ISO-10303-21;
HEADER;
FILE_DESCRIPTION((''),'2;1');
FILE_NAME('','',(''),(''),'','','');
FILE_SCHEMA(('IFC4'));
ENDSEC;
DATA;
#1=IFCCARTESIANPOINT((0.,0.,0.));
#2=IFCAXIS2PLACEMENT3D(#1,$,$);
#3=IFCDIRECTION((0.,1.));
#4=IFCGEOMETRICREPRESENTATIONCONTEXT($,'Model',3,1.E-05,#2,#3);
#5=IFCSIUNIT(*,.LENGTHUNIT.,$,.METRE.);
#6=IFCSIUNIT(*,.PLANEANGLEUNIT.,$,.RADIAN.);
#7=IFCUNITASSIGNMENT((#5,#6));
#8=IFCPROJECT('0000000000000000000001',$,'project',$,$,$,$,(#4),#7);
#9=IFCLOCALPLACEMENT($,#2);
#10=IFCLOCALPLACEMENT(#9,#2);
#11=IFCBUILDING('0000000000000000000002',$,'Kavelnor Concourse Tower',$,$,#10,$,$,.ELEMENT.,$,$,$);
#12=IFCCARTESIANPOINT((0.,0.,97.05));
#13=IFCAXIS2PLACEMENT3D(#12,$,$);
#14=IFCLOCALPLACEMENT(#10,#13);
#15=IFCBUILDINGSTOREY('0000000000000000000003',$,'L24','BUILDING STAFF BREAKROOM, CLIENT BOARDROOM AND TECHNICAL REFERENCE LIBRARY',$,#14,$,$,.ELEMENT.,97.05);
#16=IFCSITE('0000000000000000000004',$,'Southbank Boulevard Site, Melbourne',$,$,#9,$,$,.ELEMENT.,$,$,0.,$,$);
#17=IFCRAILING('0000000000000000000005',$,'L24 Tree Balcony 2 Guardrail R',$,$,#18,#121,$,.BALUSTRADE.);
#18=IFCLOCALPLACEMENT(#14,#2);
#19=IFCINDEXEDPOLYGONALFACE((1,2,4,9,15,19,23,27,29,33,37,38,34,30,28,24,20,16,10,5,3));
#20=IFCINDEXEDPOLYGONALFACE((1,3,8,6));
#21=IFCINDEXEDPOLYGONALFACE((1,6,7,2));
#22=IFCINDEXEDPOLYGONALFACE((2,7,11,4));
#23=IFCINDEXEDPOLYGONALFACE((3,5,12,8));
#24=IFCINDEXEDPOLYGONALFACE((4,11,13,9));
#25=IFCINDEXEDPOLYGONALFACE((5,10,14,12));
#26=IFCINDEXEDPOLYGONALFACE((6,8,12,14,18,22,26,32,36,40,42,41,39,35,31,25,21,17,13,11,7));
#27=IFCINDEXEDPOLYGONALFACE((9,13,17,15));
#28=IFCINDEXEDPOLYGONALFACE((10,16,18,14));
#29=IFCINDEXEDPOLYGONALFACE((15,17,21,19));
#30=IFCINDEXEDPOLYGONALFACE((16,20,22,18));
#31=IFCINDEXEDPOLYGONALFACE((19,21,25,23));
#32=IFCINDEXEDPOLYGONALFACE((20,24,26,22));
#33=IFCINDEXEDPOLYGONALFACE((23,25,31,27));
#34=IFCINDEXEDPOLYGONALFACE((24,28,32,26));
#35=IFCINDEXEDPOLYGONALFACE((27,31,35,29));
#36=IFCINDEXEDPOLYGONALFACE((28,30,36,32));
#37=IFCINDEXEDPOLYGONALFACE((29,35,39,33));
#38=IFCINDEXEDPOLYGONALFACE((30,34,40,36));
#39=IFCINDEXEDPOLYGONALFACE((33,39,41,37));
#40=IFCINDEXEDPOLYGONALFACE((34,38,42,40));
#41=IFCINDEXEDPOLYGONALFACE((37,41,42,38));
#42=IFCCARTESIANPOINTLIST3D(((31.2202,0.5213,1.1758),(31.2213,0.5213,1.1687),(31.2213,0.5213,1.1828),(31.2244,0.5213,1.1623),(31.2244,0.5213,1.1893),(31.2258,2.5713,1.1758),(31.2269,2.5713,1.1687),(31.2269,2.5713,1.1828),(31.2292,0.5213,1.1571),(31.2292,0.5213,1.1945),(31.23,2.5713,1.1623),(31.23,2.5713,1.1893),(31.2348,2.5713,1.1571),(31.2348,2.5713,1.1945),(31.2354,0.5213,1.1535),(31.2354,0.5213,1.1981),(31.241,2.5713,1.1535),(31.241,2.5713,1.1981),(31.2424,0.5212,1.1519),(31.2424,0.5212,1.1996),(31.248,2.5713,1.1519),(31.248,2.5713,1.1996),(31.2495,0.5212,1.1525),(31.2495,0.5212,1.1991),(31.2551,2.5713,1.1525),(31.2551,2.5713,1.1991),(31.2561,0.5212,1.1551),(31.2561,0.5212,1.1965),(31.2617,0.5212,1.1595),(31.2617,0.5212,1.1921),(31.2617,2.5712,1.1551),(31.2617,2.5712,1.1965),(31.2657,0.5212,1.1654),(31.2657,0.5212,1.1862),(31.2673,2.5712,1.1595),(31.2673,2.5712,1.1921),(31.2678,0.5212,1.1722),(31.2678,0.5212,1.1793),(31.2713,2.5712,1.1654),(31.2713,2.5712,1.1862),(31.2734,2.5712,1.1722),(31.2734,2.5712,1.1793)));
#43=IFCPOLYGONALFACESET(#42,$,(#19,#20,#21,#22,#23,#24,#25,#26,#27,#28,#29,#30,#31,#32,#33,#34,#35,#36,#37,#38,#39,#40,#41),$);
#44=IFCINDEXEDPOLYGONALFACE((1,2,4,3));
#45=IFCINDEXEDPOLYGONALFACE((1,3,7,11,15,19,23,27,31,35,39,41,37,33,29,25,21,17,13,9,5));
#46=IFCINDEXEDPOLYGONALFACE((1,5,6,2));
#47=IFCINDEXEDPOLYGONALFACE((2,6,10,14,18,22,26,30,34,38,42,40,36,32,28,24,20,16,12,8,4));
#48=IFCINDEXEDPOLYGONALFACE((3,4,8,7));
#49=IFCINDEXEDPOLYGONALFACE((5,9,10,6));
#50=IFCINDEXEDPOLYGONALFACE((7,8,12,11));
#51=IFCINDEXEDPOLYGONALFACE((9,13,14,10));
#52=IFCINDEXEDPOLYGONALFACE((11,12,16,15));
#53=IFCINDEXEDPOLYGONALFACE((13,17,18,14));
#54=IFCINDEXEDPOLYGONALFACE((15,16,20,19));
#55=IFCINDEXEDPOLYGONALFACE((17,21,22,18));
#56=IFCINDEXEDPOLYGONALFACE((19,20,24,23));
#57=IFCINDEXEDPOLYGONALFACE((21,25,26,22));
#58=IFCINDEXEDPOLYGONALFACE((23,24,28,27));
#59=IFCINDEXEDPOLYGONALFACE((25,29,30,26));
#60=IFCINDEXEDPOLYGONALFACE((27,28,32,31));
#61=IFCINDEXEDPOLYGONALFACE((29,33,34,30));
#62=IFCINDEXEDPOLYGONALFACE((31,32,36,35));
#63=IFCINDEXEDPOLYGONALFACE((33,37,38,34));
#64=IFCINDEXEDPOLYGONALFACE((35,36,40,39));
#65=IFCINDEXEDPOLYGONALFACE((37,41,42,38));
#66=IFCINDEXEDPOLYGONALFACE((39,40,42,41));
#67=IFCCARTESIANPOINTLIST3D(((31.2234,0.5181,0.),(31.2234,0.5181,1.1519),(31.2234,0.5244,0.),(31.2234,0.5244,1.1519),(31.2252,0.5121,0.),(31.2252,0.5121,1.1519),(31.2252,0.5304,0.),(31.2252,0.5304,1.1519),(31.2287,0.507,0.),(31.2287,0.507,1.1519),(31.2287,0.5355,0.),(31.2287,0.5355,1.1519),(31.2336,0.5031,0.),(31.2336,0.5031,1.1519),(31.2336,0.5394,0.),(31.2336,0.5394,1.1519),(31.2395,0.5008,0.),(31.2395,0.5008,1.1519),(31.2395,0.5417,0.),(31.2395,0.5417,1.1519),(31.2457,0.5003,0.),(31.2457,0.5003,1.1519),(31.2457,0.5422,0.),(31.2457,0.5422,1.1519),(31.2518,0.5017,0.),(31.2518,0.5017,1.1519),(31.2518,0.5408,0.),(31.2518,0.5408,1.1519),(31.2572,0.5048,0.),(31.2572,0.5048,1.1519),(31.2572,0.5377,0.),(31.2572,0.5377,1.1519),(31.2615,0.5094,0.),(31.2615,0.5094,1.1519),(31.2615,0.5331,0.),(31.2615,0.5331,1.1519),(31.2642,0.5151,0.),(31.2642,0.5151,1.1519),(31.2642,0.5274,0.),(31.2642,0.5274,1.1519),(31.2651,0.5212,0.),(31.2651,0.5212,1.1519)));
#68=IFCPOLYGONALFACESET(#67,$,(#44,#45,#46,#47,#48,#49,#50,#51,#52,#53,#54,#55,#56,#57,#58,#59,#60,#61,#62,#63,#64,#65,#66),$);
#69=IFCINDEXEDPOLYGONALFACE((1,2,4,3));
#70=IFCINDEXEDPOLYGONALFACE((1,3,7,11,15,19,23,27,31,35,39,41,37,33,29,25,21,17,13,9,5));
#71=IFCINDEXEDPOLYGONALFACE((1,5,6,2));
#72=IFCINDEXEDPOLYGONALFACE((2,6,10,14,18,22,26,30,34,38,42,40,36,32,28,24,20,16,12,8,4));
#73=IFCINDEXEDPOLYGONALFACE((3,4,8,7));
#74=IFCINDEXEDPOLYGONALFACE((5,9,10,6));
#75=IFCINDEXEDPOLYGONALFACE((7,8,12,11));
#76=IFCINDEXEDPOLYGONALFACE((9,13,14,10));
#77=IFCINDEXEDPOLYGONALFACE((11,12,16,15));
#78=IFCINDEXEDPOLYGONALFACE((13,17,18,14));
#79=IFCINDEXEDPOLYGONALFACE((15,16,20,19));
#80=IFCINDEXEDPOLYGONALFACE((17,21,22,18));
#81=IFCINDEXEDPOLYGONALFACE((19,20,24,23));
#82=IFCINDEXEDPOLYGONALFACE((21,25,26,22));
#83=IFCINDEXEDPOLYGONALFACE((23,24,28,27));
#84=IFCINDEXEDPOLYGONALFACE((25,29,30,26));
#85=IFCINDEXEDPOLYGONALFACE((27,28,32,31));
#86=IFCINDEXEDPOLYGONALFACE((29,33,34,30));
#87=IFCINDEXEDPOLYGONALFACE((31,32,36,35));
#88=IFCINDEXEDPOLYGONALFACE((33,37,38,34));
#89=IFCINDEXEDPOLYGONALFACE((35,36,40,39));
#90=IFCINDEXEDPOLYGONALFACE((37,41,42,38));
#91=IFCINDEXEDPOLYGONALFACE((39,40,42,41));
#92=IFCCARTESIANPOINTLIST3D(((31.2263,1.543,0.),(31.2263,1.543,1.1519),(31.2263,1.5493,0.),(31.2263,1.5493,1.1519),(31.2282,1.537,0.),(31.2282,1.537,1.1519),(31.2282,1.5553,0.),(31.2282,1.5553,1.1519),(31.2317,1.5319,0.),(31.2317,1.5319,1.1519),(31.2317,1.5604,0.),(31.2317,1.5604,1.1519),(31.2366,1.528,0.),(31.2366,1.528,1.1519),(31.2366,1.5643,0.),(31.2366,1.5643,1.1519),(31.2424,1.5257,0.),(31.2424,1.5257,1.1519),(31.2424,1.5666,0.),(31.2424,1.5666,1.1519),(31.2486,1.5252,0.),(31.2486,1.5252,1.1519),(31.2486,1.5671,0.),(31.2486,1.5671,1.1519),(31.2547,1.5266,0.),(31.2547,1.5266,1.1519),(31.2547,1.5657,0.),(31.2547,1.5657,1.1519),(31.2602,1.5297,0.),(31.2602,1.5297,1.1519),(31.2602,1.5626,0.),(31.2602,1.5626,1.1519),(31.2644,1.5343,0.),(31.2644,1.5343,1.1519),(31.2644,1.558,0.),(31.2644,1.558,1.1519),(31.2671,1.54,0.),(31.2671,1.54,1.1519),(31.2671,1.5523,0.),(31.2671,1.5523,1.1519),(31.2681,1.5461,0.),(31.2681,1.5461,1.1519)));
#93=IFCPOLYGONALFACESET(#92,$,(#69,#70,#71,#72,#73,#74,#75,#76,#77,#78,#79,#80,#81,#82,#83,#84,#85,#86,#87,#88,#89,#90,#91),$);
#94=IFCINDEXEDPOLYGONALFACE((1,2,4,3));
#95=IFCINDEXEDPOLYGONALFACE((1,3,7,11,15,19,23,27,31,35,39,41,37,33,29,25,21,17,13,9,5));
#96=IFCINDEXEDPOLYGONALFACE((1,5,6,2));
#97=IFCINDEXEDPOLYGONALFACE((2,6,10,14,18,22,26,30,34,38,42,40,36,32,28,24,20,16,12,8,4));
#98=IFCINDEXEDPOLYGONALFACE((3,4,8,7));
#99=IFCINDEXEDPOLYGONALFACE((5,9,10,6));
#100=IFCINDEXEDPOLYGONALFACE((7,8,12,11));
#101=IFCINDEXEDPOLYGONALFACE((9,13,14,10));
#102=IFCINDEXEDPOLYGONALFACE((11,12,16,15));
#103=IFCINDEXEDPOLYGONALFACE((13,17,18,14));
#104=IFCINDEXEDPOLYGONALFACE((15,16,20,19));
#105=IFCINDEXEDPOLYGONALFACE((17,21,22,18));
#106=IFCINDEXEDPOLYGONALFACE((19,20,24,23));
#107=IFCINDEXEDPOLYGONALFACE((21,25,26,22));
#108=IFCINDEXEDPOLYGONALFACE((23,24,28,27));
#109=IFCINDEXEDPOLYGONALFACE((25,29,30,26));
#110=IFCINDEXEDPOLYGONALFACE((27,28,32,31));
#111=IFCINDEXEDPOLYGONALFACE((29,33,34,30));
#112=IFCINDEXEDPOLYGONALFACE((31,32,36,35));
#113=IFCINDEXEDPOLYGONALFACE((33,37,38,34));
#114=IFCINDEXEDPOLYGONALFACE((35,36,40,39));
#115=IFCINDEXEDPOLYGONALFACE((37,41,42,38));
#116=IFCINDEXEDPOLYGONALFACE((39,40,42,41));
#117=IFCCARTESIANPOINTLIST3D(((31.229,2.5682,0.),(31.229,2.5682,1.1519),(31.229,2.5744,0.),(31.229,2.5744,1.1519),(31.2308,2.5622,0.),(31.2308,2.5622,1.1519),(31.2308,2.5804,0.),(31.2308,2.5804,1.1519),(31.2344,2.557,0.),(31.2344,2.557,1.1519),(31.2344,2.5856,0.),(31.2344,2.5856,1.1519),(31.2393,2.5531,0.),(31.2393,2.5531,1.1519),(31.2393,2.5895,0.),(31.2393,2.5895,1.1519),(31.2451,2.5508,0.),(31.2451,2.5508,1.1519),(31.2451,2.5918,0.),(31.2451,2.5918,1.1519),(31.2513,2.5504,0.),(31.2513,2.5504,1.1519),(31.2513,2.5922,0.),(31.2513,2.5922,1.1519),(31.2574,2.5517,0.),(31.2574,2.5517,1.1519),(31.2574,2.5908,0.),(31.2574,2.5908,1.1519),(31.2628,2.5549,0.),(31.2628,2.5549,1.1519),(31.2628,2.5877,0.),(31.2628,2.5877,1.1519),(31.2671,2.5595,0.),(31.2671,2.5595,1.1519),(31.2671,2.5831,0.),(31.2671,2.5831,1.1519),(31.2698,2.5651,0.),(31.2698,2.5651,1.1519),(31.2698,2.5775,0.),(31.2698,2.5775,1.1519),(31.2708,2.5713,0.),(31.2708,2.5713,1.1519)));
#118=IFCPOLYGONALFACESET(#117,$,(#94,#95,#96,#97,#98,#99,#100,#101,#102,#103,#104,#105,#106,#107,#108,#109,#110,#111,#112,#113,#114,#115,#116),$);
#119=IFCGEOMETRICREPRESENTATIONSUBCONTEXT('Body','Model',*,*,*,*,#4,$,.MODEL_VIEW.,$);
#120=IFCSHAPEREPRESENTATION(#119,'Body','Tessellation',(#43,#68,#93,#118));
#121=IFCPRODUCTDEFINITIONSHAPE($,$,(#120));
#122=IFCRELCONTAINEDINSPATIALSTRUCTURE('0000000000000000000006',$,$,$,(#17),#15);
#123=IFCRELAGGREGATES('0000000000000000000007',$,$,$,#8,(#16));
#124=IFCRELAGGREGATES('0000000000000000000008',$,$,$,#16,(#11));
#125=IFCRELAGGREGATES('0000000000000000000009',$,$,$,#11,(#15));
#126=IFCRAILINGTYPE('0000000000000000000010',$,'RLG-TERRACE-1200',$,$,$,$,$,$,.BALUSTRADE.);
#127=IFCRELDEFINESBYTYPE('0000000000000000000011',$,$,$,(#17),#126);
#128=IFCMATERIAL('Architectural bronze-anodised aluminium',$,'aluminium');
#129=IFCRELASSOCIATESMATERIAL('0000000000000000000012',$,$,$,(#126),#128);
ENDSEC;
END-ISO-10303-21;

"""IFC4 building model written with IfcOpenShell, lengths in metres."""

from ifc_helpers import new_model, si_unit, direction, frame, origin, origin_2d, place, context, subcontext, project, spatial, circle, extrude, material, type_object, element, save


model = new_model("IFC4")

# Units and contexts
model_context = context("Model", 3, precision=1e-05, world=origin(), true_north=direction((0.0, 1.0)))
body_context = subcontext(model_context, "Body", "Model", "MODEL_VIEW")
ifc_project = project(units=[si_unit("LENGTHUNIT", "METRE"), si_unit("PLANEANGLEUNIT", "RADIAN")], contexts=[model_context])

# Site, building, storey
site_placement = place(None, origin())
site = spatial("IfcSite", under=ifc_project, at=site_placement, Name="Southbank Boulevard Site, Melbourne", CompositionType="ELEMENT", RefElevation=0.0)
building_placement = place(site_placement, origin())
building = spatial("IfcBuilding", under=site, at=building_placement, Name="Kavelnor Concourse Tower", CompositionType="ELEMENT")
storey_placement = place(building_placement, frame((0.0, 0.0, 97.05)))
storey = spatial("IfcBuildingStorey", under=building, at=storey_placement, Name="L24", Description="BUILDING STAFF BREAKROOM, CLIENT BOARDROOM AND TECHNICAL REFERENCE LIBRARY", CompositionType="ELEMENT", Elevation=97.05)

# Railing
ifc_material_1 = material(Name="Architectural bronze-anodised aluminium", Category="aluminium")
railing_type_1 = type_object("IfcRailingType", Name="RLG-TERRACE-1200", PredefinedType="BALUSTRADE", material=ifc_material_1)
railing_1_placement = place(storey_placement, frame((31.2441, 0.5212, 0.0)))
element("IfcRailing", 1, at=railing_1_placement, inside=storey, type_object=railing_type_1, Name="L24 Tree Balcony 2 Guardrail R", PredefinedType="BALUSTRADE", context=body_context, shape_type="SweptSolid", body=[
    extrude(circle(Radius=0.0239, at=origin_2d()), frame((0.0, 0.0, 1.1758), z_axis=(0.002739, 0.999996, 0.0), x_axis=(-0.999996, 0.002739, 0.0)), (0.0, 0.0, 1.0), 2.05),
    extrude(circle(Radius=0.021, at=origin_2d()), origin(), (0.0, 0.0, 1.0), 1.1519),
    extrude(circle(Radius=0.021, at=origin_2d()), frame((0.0029, 1.0249, 0.0)), (0.0, 0.0, 1.0), 1.1519),
    extrude(circle(Radius=0.021, at=origin_2d()), frame((0.0056, 2.05, 0.0)), (0.0, 0.0, 1.0), 1.1519),
])

save(model, "model.ifc")
